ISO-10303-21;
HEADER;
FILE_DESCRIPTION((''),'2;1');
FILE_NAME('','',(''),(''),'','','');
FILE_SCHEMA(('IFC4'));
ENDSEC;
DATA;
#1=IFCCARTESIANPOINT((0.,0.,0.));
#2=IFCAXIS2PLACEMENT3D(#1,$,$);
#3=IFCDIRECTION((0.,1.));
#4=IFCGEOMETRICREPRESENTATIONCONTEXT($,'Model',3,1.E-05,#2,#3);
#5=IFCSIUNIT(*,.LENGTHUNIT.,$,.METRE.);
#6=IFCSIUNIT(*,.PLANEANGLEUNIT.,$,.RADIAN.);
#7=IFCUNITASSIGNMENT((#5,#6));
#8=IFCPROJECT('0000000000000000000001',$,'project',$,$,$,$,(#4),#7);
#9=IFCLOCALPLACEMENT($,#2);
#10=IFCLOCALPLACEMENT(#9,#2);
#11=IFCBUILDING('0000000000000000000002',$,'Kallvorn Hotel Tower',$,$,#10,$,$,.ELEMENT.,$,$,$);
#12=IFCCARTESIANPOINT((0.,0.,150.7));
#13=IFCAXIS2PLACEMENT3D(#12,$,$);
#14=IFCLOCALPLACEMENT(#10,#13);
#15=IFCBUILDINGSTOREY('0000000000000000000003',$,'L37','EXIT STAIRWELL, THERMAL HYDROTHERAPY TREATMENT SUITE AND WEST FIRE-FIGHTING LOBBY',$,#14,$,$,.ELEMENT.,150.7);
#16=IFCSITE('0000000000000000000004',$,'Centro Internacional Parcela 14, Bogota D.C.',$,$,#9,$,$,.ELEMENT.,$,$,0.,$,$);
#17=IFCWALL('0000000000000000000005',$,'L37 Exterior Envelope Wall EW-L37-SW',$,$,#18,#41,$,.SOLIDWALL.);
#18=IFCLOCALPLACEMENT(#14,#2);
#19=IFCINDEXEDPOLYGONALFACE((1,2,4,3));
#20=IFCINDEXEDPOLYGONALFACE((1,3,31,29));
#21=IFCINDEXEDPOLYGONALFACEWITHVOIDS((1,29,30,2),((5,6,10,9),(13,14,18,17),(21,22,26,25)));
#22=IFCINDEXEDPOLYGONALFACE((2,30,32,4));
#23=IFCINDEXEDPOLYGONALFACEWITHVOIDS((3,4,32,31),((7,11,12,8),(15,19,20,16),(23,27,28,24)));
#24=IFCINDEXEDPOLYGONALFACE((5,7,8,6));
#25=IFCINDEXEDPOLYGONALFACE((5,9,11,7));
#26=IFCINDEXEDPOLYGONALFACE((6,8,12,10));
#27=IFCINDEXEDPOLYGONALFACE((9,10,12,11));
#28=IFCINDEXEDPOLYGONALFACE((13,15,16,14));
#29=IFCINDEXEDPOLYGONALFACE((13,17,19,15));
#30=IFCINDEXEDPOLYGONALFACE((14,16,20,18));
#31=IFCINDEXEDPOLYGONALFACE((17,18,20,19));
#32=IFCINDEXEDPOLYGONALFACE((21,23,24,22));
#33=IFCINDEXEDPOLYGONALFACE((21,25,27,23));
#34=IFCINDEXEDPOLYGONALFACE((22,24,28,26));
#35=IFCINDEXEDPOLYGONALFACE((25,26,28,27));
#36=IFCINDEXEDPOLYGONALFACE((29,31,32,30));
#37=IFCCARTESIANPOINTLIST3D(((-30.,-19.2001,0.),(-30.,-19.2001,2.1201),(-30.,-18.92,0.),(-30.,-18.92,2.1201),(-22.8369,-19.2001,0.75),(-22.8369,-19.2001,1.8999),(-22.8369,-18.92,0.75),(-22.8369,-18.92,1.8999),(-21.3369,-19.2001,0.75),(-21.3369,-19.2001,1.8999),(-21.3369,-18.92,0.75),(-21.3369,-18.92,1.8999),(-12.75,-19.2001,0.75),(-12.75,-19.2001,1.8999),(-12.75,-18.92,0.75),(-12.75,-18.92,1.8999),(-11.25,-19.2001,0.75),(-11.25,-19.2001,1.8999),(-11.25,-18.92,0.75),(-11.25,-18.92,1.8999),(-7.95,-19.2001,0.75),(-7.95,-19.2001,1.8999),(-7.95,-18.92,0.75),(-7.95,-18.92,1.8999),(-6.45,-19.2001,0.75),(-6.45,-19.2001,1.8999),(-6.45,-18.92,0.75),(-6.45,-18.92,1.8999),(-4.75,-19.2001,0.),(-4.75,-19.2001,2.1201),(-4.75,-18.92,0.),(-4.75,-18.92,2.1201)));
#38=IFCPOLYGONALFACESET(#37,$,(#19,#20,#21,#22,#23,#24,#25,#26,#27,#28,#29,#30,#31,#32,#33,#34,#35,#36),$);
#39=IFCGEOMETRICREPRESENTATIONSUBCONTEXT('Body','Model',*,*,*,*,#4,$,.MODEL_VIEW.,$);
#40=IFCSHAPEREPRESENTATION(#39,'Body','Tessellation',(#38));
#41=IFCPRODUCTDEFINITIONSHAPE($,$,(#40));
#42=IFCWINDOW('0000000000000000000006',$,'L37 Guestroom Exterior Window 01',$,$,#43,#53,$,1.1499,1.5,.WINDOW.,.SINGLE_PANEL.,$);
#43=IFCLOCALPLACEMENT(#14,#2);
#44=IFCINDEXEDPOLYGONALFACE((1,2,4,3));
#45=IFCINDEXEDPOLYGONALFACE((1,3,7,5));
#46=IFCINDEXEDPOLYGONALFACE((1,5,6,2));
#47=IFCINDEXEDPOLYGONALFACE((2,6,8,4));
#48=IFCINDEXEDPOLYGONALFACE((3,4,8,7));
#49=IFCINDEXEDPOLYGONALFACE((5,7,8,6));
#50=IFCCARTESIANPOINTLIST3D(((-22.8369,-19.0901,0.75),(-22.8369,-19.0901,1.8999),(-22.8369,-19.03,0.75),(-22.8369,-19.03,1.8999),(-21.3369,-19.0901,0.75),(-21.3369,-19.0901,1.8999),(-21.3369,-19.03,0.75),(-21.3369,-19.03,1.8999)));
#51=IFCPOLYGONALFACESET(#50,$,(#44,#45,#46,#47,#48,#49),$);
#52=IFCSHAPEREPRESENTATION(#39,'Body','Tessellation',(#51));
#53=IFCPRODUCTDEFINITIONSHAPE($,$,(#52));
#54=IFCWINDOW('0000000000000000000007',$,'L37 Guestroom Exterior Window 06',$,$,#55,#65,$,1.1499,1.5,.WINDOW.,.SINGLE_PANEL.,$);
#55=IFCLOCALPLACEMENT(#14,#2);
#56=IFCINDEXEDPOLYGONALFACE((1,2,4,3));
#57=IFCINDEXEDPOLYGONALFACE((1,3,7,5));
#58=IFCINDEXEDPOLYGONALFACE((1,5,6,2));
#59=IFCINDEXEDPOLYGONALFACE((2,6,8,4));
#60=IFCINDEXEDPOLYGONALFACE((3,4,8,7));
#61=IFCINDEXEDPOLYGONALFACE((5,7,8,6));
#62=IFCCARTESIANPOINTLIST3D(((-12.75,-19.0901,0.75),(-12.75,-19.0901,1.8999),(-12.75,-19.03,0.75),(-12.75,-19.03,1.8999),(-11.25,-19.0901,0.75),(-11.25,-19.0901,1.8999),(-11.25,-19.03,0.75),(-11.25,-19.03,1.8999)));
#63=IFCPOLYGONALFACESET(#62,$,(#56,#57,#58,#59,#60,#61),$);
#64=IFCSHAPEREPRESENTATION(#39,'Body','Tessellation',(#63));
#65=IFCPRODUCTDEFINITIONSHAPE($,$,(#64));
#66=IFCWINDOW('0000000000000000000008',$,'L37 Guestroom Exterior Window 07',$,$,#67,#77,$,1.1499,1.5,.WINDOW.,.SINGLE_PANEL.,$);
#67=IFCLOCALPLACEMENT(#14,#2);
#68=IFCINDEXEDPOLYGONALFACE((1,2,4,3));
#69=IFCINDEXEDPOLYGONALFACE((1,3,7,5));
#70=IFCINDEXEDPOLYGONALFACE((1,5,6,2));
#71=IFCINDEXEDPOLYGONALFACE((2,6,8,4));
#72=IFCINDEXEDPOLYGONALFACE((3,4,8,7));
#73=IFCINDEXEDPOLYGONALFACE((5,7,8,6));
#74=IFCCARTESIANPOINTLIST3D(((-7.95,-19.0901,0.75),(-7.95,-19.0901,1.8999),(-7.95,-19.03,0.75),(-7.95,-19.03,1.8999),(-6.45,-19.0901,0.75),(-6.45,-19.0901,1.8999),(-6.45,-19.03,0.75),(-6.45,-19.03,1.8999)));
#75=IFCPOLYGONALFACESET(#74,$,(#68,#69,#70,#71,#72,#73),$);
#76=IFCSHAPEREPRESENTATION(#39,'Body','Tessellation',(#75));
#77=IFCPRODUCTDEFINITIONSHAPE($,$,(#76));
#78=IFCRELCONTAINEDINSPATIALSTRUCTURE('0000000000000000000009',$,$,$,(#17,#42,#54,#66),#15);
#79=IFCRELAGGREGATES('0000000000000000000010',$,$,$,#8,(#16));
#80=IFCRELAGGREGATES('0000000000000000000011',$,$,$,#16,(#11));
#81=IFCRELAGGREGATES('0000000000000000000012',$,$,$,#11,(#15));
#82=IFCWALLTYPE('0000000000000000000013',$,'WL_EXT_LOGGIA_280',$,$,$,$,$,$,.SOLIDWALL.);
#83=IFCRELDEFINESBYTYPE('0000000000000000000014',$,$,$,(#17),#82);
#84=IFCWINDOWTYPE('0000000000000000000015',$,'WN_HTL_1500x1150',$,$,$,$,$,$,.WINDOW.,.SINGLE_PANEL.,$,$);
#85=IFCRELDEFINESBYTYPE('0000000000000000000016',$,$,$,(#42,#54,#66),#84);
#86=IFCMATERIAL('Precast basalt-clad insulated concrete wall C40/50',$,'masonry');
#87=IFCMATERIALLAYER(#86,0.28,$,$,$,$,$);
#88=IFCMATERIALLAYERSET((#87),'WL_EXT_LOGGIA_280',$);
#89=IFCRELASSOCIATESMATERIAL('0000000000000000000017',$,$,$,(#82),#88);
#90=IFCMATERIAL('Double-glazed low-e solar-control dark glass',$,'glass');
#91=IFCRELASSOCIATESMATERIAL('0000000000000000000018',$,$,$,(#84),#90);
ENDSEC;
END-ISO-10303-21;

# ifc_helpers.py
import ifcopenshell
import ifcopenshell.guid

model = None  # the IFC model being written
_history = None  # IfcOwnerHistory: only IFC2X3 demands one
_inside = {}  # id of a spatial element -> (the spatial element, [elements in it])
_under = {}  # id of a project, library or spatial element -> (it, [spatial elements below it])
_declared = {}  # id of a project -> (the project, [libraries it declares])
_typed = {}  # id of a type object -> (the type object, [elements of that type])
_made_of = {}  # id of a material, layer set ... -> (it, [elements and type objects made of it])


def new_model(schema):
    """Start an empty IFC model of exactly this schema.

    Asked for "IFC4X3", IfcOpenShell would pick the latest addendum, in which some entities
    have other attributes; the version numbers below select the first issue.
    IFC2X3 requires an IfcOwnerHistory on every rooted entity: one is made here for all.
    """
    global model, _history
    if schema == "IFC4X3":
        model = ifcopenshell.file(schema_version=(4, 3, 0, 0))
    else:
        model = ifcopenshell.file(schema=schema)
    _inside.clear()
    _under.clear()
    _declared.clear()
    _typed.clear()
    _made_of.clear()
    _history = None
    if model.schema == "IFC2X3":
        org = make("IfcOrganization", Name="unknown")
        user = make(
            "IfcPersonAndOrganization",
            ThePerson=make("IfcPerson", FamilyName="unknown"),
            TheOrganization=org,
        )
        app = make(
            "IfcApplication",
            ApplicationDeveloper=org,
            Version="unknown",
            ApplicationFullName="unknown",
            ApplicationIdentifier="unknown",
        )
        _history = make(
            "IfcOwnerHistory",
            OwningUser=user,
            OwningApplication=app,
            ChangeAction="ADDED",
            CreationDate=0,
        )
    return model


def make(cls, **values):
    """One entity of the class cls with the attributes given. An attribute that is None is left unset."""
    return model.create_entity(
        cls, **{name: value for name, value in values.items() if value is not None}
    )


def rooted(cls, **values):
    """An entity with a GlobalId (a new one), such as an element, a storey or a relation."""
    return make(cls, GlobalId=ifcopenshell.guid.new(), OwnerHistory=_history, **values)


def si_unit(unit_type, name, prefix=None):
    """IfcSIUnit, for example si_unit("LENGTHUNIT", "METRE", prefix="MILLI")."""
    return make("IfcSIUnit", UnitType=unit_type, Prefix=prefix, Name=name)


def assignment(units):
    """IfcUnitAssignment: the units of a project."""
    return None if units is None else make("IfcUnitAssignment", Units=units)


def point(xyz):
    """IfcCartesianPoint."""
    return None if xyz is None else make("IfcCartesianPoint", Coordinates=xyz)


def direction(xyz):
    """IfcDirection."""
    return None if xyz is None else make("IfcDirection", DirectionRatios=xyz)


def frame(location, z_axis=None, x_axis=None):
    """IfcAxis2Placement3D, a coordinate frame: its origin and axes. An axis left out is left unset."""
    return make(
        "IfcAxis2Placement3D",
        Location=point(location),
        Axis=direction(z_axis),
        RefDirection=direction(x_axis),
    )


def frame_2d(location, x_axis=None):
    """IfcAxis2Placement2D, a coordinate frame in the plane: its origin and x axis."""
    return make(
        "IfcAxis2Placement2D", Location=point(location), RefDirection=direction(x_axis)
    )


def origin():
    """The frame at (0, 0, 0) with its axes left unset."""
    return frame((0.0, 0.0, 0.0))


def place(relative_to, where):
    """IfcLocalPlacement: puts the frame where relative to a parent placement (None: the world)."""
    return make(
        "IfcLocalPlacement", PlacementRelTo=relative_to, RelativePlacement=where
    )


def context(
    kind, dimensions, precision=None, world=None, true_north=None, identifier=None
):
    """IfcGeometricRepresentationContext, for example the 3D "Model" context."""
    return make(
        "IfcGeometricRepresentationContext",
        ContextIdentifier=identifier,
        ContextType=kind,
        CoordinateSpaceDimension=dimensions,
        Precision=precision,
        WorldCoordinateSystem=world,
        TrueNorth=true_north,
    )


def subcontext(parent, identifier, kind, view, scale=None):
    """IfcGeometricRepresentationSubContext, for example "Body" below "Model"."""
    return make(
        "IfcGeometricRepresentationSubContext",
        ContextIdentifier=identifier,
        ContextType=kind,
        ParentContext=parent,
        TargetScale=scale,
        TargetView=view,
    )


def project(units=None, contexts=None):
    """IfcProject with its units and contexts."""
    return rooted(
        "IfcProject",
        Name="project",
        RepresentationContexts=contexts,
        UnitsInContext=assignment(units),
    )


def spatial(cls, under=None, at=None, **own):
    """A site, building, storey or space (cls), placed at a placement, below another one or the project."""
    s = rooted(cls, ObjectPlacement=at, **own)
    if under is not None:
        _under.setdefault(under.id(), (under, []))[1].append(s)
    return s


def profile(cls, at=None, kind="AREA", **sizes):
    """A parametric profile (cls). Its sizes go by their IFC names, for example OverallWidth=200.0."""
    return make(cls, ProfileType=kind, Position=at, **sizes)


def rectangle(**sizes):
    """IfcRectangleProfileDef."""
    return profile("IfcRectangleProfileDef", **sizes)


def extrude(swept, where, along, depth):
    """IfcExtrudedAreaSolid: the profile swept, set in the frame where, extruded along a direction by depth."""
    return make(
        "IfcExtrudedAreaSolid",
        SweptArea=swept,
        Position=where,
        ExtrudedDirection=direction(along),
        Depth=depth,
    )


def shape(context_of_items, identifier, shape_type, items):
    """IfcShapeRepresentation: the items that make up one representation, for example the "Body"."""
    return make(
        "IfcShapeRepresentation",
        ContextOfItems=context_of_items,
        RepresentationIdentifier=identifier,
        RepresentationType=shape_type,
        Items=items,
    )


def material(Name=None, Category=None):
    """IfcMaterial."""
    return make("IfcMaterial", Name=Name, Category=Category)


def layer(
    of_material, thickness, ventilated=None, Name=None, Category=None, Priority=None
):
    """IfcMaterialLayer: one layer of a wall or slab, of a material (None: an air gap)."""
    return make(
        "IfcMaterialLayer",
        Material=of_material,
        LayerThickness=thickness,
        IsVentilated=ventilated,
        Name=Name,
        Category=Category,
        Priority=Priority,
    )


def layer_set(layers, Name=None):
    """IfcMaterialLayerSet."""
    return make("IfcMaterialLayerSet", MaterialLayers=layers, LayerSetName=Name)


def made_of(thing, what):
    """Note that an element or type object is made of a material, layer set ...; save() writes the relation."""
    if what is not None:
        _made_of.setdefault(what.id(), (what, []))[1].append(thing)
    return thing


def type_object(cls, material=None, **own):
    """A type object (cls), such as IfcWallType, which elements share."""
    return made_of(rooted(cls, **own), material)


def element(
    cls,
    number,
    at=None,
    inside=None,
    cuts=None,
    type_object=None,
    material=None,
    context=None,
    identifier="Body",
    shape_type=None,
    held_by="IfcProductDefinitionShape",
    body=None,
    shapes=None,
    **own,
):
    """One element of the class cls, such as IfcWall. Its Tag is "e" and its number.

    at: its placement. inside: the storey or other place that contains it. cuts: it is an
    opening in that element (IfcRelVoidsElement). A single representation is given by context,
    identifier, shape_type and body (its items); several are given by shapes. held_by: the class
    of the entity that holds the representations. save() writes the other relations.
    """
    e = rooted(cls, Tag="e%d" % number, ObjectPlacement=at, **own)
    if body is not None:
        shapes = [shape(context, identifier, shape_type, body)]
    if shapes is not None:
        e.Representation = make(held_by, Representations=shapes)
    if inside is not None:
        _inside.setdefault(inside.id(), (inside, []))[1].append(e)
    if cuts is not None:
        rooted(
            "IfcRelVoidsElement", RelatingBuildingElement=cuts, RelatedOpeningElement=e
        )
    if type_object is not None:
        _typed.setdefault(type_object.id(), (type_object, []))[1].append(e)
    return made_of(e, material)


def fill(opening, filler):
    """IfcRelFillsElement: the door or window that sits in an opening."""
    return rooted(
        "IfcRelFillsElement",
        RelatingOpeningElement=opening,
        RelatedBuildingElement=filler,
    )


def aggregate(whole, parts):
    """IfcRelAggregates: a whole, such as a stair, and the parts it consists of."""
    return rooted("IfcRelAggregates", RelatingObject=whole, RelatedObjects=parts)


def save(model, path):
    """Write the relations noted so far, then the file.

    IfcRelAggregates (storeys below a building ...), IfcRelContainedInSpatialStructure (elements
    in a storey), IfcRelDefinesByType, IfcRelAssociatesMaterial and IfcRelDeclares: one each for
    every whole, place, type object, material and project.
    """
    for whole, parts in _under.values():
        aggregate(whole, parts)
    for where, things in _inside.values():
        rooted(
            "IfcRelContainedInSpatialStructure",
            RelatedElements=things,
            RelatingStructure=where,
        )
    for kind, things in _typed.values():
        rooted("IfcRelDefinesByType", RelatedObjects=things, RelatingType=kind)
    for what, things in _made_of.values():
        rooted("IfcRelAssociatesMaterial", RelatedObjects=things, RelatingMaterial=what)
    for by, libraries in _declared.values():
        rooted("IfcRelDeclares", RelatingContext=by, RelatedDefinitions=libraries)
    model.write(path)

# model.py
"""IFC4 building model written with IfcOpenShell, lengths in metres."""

from ifc_helpers import new_model, si_unit, direction, frame, frame_2d, origin, place, context, subcontext, project, spatial, rectangle, extrude, material, layer, layer_set, type_object, element, fill, save


model = new_model("IFC4")

# Units and contexts
model_context = context("Model", 3, precision=1e-05, world=origin(), true_north=direction((0.0, 1.0)))
body_context = subcontext(model_context, "Body", "Model", "MODEL_VIEW")
ifc_project = project(units=[si_unit("LENGTHUNIT", "METRE"), si_unit("PLANEANGLEUNIT", "RADIAN")], contexts=[model_context])

# Site, building, storey
site_placement = place(None, origin())
site = spatial("IfcSite", under=ifc_project, at=site_placement, Name="Centro Internacional Parcela 14, Bogota D.C.", CompositionType="ELEMENT", RefElevation=0.0)
building_placement = place(site_placement, origin())
building = spatial("IfcBuilding", under=site, at=building_placement, Name="Kallvorn Hotel Tower", CompositionType="ELEMENT")
storey_placement = place(building_placement, frame((0.0, 0.0, 150.7)))
storey = spatial("IfcBuildingStorey", under=building, at=storey_placement, Name="L37", Description="EXIT STAIRWELL, THERMAL HYDROTHERAPY TREATMENT SUITE AND WEST FIRE-FIGHTING LOBBY", CompositionType="ELEMENT", Elevation=150.7)

# Wall, openings, windows
ifc_material_1 = material(Name="Precast basalt-clad insulated concrete wall C40/50", Category="masonry")
ifc_layer_1 = layer(ifc_material_1, 0.28)
ifc_layer_set_1 = layer_set([ifc_layer_1], Name="WL_EXT_LOGGIA_280")
wall_type = type_object("IfcWallType", Name="WL_EXT_LOGGIA_280", PredefinedType="SOLIDWALL", material=ifc_layer_set_1)
wall_placement = place(storey_placement, frame((-30.0, -19.0601, 0.0), z_axis=(0.0, 0.0, 1.0), x_axis=(1.0, 0.0, 0.0)))
wall = element("IfcWall", 1, at=wall_placement, inside=storey, type_object=wall_type, Name="L37 Exterior Envelope Wall EW-L37-SW", PredefinedType="SOLIDWALL", context=body_context, shape_type="SweptSolid", body=[
    extrude(rectangle(XDim=25.25, YDim=0.28, at=frame_2d((12.625, 0.0))), origin(), (0.0, 0.0, 1.0), 2.1201),
])
opening_1_placement = place(wall_placement, frame((7.1631, 0.0, 0.75)))
opening_1 = element("IfcOpeningElement", 2, at=opening_1_placement, cuts=wall, PredefinedType="OPENING", context=body_context, shape_type="SweptSolid", body=[
    extrude(rectangle(XDim=1.5, YDim=1.1499, at=frame_2d((0.75, 0.575))), frame((0.0, 0.155, 0.0), z_axis=(0.0, -1.0, 0.0), x_axis=(1.0, 0.0, 0.0)), (0.0, 0.0, 1.0), 0.3101),
])
opening_2_placement = place(wall_placement, frame((17.25, 0.0, 0.75)))
opening_2 = element("IfcOpeningElement", 3, at=opening_2_placement, cuts=wall, PredefinedType="OPENING", context=body_context, shape_type="SweptSolid", body=[
    extrude(rectangle(XDim=1.5, YDim=1.1499, at=frame_2d((0.75, 0.575))), frame((0.0, 0.155, 0.0), z_axis=(0.0, -1.0, 0.0), x_axis=(1.0, 0.0, 0.0)), (0.0, 0.0, 1.0), 0.3101),
])
opening_3_placement = place(wall_placement, frame((22.05, 0.0, 0.75)))
opening_3 = element("IfcOpeningElement", 4, at=opening_3_placement, cuts=wall, PredefinedType="OPENING", context=body_context, shape_type="SweptSolid", body=[
    extrude(rectangle(XDim=1.5, YDim=1.1499, at=frame_2d((0.75, 0.575))), frame((0.0, 0.155, 0.0), z_axis=(0.0, -1.0, 0.0), x_axis=(1.0, 0.0, 0.0)), (0.0, 0.0, 1.0), 0.3101),
])
ifc_material_2 = material(Name="Double-glazed low-e solar-control dark glass", Category="glass")
window_type = type_object("IfcWindowType", Name="WN_HTL_1500x1150", PartitioningType="SINGLE_PANEL", PredefinedType="WINDOW", material=ifc_material_2)
window_1_placement = place(opening_1_placement, origin())
window_1 = element("IfcWindow", 5, at=window_1_placement, inside=storey, type_object=window_type, Name="L37 Guestroom Exterior Window 01", OverallHeight=1.1499, OverallWidth=1.5, PartitioningType="SINGLE_PANEL", PredefinedType="WINDOW", context=body_context, shape_type="SweptSolid", body=[
    extrude(rectangle(XDim=1.5, YDim=1.1499, at=frame_2d((0.75, 0.575))), frame((0.0, 0.03, 0.0), z_axis=(0.0, -1.0, 0.0), x_axis=(1.0, 0.0, 0.0)), (0.0, 0.0, 1.0), 0.0601),
])
fill(opening_1, window_1)
window_2_placement = place(opening_2_placement, origin())
window_2 = element("IfcWindow", 6, at=window_2_placement, inside=storey, type_object=window_type, Name="L37 Guestroom Exterior Window 06", OverallHeight=1.1499, OverallWidth=1.5, PartitioningType="SINGLE_PANEL", PredefinedType="WINDOW", context=body_context, shape_type="SweptSolid", body=[
    extrude(rectangle(XDim=1.5, YDim=1.1499, at=frame_2d((0.75, 0.575))), frame((0.0, 0.03, 0.0), z_axis=(0.0, -1.0, 0.0), x_axis=(1.0, 0.0, 0.0)), (0.0, 0.0, 1.0), 0.0601),
])
fill(opening_2, window_2)
window_3_placement = place(opening_3_placement, origin())
window_3 = element("IfcWindow", 7, at=window_3_placement, inside=storey, type_object=window_type, Name="L37 Guestroom Exterior Window 07", OverallHeight=1.1499, OverallWidth=1.5, PartitioningType="SINGLE_PANEL", PredefinedType="WINDOW", context=body_context, shape_type="SweptSolid", body=[
    extrude(rectangle(XDim=1.5, YDim=1.1499, at=frame_2d((0.75, 0.575))), frame((0.0, 0.03, 0.0), z_axis=(0.0, -1.0, 0.0), x_axis=(1.0, 0.0, 0.0)), (0.0, 0.0, 1.0), 0.0601),
])
fill(opening_3, window_3)

save(model, "model.ifc")
